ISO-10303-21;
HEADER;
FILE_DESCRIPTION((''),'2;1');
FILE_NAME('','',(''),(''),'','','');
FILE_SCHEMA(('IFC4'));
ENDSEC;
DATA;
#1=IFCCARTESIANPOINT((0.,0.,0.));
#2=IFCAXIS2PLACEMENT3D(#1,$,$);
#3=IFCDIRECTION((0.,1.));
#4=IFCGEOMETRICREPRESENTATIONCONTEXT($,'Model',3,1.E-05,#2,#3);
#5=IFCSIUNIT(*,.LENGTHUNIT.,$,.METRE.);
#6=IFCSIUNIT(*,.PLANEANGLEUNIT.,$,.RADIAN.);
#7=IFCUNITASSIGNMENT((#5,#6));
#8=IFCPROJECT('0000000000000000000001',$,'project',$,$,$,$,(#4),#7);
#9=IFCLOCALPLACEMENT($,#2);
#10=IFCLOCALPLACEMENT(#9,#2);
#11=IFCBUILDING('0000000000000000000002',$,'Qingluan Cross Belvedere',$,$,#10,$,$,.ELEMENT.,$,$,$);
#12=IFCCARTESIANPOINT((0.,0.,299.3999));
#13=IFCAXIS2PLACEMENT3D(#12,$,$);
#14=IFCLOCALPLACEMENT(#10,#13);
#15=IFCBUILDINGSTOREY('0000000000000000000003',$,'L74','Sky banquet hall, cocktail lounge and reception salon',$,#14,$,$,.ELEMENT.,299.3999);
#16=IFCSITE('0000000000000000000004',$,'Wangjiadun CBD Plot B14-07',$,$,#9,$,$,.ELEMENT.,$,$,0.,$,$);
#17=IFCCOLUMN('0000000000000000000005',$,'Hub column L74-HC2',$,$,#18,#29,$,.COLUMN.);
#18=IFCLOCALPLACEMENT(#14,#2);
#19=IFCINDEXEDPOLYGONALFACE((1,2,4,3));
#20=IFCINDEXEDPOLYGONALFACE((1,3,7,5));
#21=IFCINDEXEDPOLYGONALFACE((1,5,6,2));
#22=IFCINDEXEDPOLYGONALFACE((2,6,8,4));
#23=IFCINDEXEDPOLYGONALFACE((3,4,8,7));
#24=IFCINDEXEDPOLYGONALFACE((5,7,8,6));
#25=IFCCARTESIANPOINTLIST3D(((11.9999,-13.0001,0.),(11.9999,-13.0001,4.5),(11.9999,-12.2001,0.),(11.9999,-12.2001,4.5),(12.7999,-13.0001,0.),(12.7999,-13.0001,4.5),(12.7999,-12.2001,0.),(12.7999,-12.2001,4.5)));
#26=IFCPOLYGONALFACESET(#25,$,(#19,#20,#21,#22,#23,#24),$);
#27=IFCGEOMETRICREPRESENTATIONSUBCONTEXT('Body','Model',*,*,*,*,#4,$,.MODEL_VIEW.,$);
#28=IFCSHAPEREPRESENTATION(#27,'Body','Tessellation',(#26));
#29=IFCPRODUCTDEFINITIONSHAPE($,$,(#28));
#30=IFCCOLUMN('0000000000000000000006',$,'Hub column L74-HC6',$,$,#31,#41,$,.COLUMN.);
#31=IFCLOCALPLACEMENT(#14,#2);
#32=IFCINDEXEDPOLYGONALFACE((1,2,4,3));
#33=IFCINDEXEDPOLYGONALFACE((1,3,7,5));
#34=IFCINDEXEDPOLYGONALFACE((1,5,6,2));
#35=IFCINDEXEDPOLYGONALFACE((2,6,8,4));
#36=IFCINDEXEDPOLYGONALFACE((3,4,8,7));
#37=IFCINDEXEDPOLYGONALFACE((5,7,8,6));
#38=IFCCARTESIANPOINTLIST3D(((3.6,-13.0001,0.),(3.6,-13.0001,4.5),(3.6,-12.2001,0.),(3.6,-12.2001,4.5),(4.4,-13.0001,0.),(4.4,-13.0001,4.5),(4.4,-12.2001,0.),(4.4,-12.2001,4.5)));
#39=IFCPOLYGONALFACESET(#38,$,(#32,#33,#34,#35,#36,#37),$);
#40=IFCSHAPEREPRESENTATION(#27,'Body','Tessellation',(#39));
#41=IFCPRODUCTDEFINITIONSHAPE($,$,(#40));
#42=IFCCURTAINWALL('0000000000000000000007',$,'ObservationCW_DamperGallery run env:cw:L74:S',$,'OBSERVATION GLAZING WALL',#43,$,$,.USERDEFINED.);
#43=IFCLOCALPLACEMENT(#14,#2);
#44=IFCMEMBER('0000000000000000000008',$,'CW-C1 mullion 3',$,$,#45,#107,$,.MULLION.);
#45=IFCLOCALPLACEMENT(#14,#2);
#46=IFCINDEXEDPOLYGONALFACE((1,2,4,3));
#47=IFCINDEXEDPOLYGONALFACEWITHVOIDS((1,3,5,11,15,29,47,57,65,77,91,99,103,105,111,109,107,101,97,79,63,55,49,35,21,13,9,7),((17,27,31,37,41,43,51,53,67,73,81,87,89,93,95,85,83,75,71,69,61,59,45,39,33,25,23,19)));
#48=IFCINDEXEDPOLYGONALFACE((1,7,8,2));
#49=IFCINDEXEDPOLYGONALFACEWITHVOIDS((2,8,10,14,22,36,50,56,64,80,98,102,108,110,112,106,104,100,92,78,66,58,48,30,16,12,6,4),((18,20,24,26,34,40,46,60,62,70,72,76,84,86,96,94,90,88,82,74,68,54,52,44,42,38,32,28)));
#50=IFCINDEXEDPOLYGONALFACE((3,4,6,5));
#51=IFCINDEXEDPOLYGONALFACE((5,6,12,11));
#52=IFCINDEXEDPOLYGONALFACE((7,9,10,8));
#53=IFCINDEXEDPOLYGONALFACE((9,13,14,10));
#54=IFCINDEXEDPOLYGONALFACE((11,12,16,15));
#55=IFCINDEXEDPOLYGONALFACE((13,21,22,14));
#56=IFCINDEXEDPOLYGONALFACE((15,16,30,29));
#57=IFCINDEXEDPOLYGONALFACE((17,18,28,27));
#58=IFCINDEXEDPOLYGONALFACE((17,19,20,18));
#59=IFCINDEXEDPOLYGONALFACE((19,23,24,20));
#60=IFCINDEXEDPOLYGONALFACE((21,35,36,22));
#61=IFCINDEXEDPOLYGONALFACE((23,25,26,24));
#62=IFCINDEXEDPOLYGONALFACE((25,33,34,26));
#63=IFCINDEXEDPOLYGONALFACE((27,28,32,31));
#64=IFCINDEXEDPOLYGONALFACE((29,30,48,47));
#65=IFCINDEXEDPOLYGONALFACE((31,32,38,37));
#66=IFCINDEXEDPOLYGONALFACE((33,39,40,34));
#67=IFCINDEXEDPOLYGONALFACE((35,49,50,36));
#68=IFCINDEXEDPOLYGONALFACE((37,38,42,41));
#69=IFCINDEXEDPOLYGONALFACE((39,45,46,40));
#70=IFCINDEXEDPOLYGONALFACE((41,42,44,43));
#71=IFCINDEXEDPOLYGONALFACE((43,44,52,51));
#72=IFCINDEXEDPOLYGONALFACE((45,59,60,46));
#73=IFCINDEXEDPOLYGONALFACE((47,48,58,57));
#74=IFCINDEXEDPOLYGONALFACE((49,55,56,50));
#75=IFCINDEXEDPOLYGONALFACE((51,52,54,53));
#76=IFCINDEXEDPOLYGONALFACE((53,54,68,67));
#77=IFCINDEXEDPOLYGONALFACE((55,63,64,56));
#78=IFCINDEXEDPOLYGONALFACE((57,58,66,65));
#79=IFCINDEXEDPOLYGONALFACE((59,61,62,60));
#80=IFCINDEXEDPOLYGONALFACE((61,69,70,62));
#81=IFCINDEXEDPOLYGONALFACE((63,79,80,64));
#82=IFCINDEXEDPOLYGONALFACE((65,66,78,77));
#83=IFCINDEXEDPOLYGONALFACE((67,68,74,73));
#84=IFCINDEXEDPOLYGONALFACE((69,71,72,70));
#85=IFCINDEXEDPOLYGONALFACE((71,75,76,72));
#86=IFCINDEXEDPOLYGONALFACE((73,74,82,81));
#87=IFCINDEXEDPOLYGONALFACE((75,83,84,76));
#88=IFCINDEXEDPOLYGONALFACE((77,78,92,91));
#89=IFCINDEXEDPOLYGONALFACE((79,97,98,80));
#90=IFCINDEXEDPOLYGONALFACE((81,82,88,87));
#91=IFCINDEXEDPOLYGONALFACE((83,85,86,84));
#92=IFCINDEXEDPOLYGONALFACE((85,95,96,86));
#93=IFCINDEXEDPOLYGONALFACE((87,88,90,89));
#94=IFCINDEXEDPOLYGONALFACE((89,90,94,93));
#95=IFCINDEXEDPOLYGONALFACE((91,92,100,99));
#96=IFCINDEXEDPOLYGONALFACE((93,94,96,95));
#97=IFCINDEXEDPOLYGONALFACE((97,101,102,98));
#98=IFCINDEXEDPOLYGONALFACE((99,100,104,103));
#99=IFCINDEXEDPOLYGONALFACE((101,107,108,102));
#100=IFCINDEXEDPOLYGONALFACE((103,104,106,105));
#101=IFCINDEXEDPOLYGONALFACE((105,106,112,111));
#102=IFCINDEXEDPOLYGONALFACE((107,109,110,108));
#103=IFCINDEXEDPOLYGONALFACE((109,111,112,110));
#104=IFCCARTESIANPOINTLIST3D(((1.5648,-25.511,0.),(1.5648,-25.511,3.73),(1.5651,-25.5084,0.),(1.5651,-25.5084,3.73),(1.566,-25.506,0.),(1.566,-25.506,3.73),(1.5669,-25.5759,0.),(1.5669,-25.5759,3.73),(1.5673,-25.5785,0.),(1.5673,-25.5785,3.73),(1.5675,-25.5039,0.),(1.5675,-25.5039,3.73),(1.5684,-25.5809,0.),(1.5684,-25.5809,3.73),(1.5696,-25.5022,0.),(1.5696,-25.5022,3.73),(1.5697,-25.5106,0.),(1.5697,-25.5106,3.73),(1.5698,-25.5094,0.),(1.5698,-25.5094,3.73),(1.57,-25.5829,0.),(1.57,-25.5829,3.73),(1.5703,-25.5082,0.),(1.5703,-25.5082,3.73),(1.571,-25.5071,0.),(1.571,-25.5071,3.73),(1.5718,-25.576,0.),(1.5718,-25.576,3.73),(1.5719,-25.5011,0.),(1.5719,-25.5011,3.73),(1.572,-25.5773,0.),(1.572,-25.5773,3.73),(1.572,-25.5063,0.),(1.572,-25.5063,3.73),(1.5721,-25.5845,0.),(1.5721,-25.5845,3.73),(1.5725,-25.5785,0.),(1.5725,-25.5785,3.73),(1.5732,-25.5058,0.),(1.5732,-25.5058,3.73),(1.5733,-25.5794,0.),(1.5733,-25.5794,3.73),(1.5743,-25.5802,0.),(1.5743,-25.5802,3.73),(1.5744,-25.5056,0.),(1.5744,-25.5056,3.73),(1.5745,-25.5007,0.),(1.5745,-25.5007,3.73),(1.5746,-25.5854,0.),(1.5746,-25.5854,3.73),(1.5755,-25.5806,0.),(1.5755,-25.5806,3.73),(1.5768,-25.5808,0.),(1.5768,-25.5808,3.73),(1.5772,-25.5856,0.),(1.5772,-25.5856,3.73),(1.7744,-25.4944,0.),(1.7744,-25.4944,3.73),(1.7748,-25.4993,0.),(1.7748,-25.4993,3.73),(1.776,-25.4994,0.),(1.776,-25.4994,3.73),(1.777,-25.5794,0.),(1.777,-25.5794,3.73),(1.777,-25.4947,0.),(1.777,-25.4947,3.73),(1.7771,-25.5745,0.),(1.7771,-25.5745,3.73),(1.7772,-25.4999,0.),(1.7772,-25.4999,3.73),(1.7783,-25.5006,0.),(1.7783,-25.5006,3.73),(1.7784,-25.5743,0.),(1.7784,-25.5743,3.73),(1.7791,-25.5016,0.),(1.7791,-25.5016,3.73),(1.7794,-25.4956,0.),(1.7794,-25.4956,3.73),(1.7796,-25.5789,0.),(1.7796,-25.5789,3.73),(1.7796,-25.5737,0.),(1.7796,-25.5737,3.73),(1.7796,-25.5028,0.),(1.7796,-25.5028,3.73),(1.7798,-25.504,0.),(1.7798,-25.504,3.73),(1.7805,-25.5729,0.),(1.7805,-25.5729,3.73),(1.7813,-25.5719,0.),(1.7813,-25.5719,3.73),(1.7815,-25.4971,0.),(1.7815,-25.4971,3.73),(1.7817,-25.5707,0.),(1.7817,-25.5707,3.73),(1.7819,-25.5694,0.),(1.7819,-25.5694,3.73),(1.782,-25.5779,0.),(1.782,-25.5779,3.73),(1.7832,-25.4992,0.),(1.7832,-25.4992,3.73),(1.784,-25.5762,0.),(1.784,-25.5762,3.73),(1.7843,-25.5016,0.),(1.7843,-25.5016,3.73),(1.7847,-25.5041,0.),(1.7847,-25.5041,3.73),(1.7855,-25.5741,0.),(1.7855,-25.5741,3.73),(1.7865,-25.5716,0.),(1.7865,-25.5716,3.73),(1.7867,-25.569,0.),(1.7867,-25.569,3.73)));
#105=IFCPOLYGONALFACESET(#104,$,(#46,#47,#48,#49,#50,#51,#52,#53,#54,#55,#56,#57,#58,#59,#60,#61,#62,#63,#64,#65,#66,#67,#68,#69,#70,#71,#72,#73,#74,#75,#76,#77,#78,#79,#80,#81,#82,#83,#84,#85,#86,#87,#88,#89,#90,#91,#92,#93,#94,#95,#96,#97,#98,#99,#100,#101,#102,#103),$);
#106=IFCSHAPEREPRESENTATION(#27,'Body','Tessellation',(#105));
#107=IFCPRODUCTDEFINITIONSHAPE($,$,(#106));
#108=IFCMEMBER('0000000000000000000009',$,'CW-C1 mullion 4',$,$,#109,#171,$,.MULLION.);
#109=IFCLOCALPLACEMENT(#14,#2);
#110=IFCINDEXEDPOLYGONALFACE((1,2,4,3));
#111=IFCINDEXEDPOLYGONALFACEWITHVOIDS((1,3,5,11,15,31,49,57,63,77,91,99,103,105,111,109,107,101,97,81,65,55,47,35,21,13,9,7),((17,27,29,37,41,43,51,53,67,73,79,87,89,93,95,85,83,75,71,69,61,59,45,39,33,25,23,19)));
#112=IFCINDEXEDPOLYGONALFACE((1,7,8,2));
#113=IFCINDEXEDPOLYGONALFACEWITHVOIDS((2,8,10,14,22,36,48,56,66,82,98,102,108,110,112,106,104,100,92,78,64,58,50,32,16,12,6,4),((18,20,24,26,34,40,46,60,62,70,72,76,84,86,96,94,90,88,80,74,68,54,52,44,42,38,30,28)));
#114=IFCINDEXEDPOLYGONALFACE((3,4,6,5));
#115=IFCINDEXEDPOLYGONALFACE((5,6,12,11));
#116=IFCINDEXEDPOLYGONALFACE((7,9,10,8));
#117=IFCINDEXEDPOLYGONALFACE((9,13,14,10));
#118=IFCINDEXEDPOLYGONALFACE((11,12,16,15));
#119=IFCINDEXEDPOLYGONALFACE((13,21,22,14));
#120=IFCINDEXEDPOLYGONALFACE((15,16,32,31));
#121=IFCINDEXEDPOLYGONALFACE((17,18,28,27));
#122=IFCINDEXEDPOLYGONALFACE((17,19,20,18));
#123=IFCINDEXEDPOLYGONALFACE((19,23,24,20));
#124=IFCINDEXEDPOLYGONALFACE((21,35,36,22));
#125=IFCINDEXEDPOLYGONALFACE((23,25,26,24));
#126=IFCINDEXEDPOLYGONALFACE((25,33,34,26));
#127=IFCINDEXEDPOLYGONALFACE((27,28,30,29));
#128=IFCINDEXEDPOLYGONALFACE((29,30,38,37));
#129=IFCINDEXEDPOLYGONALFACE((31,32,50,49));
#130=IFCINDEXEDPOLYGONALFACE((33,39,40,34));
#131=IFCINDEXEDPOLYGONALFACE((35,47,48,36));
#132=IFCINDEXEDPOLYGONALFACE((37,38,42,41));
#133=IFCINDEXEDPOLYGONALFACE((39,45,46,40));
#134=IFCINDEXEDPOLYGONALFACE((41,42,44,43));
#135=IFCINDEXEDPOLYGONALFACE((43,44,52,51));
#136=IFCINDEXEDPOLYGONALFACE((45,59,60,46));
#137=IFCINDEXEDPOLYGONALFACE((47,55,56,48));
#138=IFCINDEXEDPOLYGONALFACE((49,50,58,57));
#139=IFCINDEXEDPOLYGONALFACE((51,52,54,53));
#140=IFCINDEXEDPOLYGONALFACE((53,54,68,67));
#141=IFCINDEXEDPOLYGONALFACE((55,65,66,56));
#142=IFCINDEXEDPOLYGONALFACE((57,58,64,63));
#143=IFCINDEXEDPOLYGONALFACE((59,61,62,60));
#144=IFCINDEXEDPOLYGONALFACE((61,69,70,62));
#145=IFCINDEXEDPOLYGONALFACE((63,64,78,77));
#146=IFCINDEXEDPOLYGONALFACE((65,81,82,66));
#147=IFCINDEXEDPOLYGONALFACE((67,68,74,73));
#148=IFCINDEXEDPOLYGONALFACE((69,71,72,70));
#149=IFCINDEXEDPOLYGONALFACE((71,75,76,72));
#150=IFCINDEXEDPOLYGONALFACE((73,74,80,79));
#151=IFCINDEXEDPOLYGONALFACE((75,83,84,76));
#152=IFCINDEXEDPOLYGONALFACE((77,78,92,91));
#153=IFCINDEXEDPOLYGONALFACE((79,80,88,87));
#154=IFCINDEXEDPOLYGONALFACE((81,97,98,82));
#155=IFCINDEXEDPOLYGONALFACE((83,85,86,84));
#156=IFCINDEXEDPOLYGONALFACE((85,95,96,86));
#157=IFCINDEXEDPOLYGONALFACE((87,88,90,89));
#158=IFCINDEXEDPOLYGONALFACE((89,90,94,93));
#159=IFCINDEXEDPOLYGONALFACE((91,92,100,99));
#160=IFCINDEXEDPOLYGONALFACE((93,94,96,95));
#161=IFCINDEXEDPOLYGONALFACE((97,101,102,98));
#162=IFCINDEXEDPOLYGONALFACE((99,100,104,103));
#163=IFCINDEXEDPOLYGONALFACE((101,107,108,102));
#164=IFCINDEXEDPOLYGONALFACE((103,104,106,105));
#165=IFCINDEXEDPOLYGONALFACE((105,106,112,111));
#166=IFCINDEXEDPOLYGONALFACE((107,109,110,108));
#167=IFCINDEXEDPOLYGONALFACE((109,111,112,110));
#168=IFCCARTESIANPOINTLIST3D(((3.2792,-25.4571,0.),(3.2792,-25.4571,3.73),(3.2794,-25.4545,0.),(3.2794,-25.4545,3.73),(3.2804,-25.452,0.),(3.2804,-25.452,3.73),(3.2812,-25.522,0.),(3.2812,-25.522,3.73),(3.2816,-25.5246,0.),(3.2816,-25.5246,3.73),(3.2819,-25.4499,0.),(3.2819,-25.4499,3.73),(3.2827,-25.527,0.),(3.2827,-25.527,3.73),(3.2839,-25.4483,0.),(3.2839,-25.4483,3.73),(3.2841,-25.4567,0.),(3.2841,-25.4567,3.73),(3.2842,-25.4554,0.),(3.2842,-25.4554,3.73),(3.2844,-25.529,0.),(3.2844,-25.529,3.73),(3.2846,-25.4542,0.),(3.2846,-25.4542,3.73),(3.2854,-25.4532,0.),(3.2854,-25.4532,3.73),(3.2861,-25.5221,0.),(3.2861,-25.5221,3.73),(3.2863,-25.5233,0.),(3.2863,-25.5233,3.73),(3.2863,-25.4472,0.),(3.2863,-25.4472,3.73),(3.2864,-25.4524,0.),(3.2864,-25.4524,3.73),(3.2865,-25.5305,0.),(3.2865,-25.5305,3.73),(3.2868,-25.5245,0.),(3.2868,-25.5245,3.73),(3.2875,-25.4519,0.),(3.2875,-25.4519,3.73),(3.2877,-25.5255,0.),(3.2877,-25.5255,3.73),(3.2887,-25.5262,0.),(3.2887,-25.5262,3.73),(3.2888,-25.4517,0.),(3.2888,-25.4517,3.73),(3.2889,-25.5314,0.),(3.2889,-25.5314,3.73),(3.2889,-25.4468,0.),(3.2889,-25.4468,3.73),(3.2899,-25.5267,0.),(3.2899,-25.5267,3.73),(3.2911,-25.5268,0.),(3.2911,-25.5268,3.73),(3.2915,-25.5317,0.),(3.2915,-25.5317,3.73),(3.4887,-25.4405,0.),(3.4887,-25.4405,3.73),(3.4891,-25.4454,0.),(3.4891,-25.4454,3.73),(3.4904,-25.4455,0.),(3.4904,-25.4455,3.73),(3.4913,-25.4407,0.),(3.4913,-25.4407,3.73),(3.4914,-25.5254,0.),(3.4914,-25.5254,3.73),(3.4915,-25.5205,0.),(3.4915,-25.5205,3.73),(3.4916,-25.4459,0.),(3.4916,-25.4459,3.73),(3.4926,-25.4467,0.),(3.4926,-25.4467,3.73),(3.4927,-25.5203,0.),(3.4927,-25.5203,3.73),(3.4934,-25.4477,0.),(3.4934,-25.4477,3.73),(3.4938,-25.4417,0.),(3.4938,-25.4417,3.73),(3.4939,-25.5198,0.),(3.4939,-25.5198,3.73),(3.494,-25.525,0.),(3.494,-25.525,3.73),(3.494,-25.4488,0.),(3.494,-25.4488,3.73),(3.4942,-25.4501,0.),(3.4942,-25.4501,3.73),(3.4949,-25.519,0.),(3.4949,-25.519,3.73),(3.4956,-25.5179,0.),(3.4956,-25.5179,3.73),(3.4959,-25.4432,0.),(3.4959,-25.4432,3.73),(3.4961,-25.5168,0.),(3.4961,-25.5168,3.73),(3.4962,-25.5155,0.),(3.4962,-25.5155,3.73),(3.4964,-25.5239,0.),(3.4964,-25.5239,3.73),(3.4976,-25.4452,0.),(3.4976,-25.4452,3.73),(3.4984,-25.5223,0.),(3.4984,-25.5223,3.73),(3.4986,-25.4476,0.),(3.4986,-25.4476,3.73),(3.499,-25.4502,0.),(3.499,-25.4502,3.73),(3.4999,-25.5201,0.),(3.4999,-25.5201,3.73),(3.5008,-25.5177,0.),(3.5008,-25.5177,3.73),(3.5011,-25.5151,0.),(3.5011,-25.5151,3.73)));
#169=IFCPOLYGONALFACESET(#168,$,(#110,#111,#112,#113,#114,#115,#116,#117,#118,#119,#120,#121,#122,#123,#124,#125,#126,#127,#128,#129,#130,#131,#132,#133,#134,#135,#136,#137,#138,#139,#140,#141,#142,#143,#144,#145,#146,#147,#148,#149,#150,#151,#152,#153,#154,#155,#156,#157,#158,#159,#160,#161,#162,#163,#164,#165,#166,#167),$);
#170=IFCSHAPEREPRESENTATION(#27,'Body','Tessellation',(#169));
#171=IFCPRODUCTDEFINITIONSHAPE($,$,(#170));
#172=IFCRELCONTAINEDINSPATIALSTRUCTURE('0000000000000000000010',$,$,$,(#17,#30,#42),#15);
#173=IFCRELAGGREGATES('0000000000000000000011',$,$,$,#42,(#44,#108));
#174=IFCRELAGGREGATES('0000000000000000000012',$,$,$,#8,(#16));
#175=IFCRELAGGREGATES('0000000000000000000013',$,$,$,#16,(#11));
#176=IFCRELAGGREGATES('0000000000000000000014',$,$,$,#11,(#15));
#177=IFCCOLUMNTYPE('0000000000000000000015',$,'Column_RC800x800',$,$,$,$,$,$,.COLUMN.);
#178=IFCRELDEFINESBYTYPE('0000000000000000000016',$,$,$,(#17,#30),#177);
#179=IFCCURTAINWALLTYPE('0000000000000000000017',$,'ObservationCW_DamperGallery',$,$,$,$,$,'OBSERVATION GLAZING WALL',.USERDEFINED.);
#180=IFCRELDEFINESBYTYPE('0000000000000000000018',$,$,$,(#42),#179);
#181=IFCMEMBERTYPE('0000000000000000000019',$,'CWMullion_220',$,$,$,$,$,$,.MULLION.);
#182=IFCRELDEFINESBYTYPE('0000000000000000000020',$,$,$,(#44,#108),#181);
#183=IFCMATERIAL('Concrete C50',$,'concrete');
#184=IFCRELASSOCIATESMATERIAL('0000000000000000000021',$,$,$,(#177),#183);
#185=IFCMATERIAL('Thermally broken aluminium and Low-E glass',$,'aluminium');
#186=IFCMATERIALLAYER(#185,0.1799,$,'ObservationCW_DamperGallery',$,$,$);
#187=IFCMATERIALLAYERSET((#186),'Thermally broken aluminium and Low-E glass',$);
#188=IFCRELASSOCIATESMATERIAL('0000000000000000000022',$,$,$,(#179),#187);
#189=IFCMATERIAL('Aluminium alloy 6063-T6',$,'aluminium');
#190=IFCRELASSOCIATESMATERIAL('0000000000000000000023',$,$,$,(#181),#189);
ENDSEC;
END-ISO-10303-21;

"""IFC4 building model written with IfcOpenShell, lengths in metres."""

from ifc_helpers import new_model, si_unit, direction, frame, origin, origin_2d, place, context, subcontext, project, spatial, rectangle, hollow_rectangle, extrude, material, layer, layer_set, material_profile, profile_set, type_object, element, aggregate, save


model = new_model("IFC4")

# Units and contexts
model_context = context("Model", 3, precision=1e-05, world=origin(), true_north=direction((0.0, 1.0)))
body_context = subcontext(model_context, "Body", "Model", "MODEL_VIEW")
ifc_project = project(units=[si_unit("LENGTHUNIT", "METRE"), si_unit("PLANEANGLEUNIT", "RADIAN")], contexts=[model_context])

# Site, building, storey
site_placement = place(None, origin())
site = spatial("IfcSite", under=ifc_project, at=site_placement, Name="Wangjiadun CBD Plot B14-07", CompositionType="ELEMENT", RefElevation=0.0)
building_placement = place(site_placement, origin())
building = spatial("IfcBuilding", under=site, at=building_placement, Name="Qingluan Cross Belvedere", CompositionType="ELEMENT")
storey_placement = place(building_placement, frame((0.0, 0.0, 299.3999)))
storey = spatial("IfcBuildingStorey", under=building, at=storey_placement, Name="L74", Description="Sky banquet hall, cocktail lounge and reception salon", CompositionType="ELEMENT", Elevation=299.3999)

# Columns
ifc_material_1 = material(Name="Concrete C50", Category="concrete")
ifc_material_profile_1 = material_profile(ifc_material_1, rectangle(XDim=0.8, YDim=0.8, at=origin_2d()), Name="RC800x800")
ifc_profile_set_1 = profile_set([ifc_material_profile_1], Name="Concrete C50")
column_type = type_object("IfcColumnType", Name="Column_RC800x800", PredefinedType="COLUMN", material=ifc_profile_set_1)
for number, where, z_axis, x_axis, name in (
    (1, (12.3999, -12.6001, 0.0), (0.0, 0.0, 1.0), (1.0, 0.0, 0.0), "Hub column L74-HC2"),
    (2, (4.0, -12.6001, 0.0), (0.0, 0.0, 1.0), (1.0, 0.0, 0.0), "Hub column L74-HC6"),
):
    element("IfcColumn", number, at=place(storey_placement, frame(where, z_axis=z_axis, x_axis=x_axis)), inside=storey, type_object=column_type, Name=name, PredefinedType="COLUMN", context=body_context, shape_type="SweptSolid", body=[
        extrude(rectangle(XDim=0.8, YDim=0.8, at=origin_2d()), origin(), (0.0, 0.0, 1.0), 4.5),
    ])

# Curtain wall, members
ifc_material_2 = material(Name="Thermally broken aluminium and Low-E glass", Category="aluminium")
ifc_layer_1 = layer(ifc_material_2, 0.1799, Name="ObservationCW_DamperGallery")
ifc_layer_set_1 = layer_set([ifc_layer_1], Name="Thermally broken aluminium and Low-E glass")
curtain_wall_type = type_object("IfcCurtainWallType", Name="ObservationCW_DamperGallery", ElementType="OBSERVATION GLAZING WALL", PredefinedType="USERDEFINED", material=ifc_layer_set_1)
curtain_wall_placement = place(storey_placement, origin())
curtain_wall = element("IfcCurtainWall", 3, at=curtain_wall_placement, inside=storey, type_object=curtain_wall_type, Name="ObservationCW_DamperGallery run env:cw:L74:S", ObjectType="OBSERVATION GLAZING WALL", PredefinedType="USERDEFINED")
ifc_material_3 = material(Name="Aluminium alloy 6063-T6", Category="aluminium")
ifc_material_profile_2 = material_profile(ifc_material_3, hollow_rectangle(XDim=0.085, YDim=0.22, WallThickness=0.0049, InnerFilletRadius=0.0049, OuterFilletRadius=0.01, at=origin_2d()), Name="CWM220x85x5")
ifc_profile_set_2 = profile_set([ifc_material_profile_2], Name="Aluminium alloy 6063-T6")
member_type_1 = type_object("IfcMemberType", Name="CWMullion_220", PredefinedType="MULLION", material=ifc_profile_set_2)
member_1_placement = place(storey_placement, frame((1.6758, -25.54, 0.0), z_axis=(0.0, 0.0, 1.0), x_axis=(-0.031398, 0.999507, 0.0)))
member_1 = element("IfcMember", 4, at=member_1_placement, type_object=member_type_1, Name="CW-C1 mullion 3", PredefinedType="MULLION", context=body_context, shape_type="SweptSolid", body=[
    extrude(hollow_rectangle(XDim=0.085, YDim=0.22, WallThickness=0.0049, InnerFilletRadius=0.0049, OuterFilletRadius=0.01, at=origin_2d()), origin(), (0.0, 0.0, 1.0), 3.73),
])
member_2_placement = place(storey_placement, frame((3.3901, -25.4861, 0.0), z_axis=(0.0, 0.0, 1.0), x_axis=(-0.031398, 0.999507, 0.0)))
member_2 = element("IfcMember", 5, at=member_2_placement, type_object=member_type_1, Name="CW-C1 mullion 4", PredefinedType="MULLION", context=body_context, shape_type="SweptSolid", body=[
    extrude(hollow_rectangle(XDim=0.085, YDim=0.22, WallThickness=0.0049, InnerFilletRadius=0.0049, OuterFilletRadius=0.01, at=origin_2d()), origin(), (0.0, 0.0, 1.0), 3.73),
])

aggregate(curtain_wall, [member_1, member_2])

save(model, "model.ifc")
